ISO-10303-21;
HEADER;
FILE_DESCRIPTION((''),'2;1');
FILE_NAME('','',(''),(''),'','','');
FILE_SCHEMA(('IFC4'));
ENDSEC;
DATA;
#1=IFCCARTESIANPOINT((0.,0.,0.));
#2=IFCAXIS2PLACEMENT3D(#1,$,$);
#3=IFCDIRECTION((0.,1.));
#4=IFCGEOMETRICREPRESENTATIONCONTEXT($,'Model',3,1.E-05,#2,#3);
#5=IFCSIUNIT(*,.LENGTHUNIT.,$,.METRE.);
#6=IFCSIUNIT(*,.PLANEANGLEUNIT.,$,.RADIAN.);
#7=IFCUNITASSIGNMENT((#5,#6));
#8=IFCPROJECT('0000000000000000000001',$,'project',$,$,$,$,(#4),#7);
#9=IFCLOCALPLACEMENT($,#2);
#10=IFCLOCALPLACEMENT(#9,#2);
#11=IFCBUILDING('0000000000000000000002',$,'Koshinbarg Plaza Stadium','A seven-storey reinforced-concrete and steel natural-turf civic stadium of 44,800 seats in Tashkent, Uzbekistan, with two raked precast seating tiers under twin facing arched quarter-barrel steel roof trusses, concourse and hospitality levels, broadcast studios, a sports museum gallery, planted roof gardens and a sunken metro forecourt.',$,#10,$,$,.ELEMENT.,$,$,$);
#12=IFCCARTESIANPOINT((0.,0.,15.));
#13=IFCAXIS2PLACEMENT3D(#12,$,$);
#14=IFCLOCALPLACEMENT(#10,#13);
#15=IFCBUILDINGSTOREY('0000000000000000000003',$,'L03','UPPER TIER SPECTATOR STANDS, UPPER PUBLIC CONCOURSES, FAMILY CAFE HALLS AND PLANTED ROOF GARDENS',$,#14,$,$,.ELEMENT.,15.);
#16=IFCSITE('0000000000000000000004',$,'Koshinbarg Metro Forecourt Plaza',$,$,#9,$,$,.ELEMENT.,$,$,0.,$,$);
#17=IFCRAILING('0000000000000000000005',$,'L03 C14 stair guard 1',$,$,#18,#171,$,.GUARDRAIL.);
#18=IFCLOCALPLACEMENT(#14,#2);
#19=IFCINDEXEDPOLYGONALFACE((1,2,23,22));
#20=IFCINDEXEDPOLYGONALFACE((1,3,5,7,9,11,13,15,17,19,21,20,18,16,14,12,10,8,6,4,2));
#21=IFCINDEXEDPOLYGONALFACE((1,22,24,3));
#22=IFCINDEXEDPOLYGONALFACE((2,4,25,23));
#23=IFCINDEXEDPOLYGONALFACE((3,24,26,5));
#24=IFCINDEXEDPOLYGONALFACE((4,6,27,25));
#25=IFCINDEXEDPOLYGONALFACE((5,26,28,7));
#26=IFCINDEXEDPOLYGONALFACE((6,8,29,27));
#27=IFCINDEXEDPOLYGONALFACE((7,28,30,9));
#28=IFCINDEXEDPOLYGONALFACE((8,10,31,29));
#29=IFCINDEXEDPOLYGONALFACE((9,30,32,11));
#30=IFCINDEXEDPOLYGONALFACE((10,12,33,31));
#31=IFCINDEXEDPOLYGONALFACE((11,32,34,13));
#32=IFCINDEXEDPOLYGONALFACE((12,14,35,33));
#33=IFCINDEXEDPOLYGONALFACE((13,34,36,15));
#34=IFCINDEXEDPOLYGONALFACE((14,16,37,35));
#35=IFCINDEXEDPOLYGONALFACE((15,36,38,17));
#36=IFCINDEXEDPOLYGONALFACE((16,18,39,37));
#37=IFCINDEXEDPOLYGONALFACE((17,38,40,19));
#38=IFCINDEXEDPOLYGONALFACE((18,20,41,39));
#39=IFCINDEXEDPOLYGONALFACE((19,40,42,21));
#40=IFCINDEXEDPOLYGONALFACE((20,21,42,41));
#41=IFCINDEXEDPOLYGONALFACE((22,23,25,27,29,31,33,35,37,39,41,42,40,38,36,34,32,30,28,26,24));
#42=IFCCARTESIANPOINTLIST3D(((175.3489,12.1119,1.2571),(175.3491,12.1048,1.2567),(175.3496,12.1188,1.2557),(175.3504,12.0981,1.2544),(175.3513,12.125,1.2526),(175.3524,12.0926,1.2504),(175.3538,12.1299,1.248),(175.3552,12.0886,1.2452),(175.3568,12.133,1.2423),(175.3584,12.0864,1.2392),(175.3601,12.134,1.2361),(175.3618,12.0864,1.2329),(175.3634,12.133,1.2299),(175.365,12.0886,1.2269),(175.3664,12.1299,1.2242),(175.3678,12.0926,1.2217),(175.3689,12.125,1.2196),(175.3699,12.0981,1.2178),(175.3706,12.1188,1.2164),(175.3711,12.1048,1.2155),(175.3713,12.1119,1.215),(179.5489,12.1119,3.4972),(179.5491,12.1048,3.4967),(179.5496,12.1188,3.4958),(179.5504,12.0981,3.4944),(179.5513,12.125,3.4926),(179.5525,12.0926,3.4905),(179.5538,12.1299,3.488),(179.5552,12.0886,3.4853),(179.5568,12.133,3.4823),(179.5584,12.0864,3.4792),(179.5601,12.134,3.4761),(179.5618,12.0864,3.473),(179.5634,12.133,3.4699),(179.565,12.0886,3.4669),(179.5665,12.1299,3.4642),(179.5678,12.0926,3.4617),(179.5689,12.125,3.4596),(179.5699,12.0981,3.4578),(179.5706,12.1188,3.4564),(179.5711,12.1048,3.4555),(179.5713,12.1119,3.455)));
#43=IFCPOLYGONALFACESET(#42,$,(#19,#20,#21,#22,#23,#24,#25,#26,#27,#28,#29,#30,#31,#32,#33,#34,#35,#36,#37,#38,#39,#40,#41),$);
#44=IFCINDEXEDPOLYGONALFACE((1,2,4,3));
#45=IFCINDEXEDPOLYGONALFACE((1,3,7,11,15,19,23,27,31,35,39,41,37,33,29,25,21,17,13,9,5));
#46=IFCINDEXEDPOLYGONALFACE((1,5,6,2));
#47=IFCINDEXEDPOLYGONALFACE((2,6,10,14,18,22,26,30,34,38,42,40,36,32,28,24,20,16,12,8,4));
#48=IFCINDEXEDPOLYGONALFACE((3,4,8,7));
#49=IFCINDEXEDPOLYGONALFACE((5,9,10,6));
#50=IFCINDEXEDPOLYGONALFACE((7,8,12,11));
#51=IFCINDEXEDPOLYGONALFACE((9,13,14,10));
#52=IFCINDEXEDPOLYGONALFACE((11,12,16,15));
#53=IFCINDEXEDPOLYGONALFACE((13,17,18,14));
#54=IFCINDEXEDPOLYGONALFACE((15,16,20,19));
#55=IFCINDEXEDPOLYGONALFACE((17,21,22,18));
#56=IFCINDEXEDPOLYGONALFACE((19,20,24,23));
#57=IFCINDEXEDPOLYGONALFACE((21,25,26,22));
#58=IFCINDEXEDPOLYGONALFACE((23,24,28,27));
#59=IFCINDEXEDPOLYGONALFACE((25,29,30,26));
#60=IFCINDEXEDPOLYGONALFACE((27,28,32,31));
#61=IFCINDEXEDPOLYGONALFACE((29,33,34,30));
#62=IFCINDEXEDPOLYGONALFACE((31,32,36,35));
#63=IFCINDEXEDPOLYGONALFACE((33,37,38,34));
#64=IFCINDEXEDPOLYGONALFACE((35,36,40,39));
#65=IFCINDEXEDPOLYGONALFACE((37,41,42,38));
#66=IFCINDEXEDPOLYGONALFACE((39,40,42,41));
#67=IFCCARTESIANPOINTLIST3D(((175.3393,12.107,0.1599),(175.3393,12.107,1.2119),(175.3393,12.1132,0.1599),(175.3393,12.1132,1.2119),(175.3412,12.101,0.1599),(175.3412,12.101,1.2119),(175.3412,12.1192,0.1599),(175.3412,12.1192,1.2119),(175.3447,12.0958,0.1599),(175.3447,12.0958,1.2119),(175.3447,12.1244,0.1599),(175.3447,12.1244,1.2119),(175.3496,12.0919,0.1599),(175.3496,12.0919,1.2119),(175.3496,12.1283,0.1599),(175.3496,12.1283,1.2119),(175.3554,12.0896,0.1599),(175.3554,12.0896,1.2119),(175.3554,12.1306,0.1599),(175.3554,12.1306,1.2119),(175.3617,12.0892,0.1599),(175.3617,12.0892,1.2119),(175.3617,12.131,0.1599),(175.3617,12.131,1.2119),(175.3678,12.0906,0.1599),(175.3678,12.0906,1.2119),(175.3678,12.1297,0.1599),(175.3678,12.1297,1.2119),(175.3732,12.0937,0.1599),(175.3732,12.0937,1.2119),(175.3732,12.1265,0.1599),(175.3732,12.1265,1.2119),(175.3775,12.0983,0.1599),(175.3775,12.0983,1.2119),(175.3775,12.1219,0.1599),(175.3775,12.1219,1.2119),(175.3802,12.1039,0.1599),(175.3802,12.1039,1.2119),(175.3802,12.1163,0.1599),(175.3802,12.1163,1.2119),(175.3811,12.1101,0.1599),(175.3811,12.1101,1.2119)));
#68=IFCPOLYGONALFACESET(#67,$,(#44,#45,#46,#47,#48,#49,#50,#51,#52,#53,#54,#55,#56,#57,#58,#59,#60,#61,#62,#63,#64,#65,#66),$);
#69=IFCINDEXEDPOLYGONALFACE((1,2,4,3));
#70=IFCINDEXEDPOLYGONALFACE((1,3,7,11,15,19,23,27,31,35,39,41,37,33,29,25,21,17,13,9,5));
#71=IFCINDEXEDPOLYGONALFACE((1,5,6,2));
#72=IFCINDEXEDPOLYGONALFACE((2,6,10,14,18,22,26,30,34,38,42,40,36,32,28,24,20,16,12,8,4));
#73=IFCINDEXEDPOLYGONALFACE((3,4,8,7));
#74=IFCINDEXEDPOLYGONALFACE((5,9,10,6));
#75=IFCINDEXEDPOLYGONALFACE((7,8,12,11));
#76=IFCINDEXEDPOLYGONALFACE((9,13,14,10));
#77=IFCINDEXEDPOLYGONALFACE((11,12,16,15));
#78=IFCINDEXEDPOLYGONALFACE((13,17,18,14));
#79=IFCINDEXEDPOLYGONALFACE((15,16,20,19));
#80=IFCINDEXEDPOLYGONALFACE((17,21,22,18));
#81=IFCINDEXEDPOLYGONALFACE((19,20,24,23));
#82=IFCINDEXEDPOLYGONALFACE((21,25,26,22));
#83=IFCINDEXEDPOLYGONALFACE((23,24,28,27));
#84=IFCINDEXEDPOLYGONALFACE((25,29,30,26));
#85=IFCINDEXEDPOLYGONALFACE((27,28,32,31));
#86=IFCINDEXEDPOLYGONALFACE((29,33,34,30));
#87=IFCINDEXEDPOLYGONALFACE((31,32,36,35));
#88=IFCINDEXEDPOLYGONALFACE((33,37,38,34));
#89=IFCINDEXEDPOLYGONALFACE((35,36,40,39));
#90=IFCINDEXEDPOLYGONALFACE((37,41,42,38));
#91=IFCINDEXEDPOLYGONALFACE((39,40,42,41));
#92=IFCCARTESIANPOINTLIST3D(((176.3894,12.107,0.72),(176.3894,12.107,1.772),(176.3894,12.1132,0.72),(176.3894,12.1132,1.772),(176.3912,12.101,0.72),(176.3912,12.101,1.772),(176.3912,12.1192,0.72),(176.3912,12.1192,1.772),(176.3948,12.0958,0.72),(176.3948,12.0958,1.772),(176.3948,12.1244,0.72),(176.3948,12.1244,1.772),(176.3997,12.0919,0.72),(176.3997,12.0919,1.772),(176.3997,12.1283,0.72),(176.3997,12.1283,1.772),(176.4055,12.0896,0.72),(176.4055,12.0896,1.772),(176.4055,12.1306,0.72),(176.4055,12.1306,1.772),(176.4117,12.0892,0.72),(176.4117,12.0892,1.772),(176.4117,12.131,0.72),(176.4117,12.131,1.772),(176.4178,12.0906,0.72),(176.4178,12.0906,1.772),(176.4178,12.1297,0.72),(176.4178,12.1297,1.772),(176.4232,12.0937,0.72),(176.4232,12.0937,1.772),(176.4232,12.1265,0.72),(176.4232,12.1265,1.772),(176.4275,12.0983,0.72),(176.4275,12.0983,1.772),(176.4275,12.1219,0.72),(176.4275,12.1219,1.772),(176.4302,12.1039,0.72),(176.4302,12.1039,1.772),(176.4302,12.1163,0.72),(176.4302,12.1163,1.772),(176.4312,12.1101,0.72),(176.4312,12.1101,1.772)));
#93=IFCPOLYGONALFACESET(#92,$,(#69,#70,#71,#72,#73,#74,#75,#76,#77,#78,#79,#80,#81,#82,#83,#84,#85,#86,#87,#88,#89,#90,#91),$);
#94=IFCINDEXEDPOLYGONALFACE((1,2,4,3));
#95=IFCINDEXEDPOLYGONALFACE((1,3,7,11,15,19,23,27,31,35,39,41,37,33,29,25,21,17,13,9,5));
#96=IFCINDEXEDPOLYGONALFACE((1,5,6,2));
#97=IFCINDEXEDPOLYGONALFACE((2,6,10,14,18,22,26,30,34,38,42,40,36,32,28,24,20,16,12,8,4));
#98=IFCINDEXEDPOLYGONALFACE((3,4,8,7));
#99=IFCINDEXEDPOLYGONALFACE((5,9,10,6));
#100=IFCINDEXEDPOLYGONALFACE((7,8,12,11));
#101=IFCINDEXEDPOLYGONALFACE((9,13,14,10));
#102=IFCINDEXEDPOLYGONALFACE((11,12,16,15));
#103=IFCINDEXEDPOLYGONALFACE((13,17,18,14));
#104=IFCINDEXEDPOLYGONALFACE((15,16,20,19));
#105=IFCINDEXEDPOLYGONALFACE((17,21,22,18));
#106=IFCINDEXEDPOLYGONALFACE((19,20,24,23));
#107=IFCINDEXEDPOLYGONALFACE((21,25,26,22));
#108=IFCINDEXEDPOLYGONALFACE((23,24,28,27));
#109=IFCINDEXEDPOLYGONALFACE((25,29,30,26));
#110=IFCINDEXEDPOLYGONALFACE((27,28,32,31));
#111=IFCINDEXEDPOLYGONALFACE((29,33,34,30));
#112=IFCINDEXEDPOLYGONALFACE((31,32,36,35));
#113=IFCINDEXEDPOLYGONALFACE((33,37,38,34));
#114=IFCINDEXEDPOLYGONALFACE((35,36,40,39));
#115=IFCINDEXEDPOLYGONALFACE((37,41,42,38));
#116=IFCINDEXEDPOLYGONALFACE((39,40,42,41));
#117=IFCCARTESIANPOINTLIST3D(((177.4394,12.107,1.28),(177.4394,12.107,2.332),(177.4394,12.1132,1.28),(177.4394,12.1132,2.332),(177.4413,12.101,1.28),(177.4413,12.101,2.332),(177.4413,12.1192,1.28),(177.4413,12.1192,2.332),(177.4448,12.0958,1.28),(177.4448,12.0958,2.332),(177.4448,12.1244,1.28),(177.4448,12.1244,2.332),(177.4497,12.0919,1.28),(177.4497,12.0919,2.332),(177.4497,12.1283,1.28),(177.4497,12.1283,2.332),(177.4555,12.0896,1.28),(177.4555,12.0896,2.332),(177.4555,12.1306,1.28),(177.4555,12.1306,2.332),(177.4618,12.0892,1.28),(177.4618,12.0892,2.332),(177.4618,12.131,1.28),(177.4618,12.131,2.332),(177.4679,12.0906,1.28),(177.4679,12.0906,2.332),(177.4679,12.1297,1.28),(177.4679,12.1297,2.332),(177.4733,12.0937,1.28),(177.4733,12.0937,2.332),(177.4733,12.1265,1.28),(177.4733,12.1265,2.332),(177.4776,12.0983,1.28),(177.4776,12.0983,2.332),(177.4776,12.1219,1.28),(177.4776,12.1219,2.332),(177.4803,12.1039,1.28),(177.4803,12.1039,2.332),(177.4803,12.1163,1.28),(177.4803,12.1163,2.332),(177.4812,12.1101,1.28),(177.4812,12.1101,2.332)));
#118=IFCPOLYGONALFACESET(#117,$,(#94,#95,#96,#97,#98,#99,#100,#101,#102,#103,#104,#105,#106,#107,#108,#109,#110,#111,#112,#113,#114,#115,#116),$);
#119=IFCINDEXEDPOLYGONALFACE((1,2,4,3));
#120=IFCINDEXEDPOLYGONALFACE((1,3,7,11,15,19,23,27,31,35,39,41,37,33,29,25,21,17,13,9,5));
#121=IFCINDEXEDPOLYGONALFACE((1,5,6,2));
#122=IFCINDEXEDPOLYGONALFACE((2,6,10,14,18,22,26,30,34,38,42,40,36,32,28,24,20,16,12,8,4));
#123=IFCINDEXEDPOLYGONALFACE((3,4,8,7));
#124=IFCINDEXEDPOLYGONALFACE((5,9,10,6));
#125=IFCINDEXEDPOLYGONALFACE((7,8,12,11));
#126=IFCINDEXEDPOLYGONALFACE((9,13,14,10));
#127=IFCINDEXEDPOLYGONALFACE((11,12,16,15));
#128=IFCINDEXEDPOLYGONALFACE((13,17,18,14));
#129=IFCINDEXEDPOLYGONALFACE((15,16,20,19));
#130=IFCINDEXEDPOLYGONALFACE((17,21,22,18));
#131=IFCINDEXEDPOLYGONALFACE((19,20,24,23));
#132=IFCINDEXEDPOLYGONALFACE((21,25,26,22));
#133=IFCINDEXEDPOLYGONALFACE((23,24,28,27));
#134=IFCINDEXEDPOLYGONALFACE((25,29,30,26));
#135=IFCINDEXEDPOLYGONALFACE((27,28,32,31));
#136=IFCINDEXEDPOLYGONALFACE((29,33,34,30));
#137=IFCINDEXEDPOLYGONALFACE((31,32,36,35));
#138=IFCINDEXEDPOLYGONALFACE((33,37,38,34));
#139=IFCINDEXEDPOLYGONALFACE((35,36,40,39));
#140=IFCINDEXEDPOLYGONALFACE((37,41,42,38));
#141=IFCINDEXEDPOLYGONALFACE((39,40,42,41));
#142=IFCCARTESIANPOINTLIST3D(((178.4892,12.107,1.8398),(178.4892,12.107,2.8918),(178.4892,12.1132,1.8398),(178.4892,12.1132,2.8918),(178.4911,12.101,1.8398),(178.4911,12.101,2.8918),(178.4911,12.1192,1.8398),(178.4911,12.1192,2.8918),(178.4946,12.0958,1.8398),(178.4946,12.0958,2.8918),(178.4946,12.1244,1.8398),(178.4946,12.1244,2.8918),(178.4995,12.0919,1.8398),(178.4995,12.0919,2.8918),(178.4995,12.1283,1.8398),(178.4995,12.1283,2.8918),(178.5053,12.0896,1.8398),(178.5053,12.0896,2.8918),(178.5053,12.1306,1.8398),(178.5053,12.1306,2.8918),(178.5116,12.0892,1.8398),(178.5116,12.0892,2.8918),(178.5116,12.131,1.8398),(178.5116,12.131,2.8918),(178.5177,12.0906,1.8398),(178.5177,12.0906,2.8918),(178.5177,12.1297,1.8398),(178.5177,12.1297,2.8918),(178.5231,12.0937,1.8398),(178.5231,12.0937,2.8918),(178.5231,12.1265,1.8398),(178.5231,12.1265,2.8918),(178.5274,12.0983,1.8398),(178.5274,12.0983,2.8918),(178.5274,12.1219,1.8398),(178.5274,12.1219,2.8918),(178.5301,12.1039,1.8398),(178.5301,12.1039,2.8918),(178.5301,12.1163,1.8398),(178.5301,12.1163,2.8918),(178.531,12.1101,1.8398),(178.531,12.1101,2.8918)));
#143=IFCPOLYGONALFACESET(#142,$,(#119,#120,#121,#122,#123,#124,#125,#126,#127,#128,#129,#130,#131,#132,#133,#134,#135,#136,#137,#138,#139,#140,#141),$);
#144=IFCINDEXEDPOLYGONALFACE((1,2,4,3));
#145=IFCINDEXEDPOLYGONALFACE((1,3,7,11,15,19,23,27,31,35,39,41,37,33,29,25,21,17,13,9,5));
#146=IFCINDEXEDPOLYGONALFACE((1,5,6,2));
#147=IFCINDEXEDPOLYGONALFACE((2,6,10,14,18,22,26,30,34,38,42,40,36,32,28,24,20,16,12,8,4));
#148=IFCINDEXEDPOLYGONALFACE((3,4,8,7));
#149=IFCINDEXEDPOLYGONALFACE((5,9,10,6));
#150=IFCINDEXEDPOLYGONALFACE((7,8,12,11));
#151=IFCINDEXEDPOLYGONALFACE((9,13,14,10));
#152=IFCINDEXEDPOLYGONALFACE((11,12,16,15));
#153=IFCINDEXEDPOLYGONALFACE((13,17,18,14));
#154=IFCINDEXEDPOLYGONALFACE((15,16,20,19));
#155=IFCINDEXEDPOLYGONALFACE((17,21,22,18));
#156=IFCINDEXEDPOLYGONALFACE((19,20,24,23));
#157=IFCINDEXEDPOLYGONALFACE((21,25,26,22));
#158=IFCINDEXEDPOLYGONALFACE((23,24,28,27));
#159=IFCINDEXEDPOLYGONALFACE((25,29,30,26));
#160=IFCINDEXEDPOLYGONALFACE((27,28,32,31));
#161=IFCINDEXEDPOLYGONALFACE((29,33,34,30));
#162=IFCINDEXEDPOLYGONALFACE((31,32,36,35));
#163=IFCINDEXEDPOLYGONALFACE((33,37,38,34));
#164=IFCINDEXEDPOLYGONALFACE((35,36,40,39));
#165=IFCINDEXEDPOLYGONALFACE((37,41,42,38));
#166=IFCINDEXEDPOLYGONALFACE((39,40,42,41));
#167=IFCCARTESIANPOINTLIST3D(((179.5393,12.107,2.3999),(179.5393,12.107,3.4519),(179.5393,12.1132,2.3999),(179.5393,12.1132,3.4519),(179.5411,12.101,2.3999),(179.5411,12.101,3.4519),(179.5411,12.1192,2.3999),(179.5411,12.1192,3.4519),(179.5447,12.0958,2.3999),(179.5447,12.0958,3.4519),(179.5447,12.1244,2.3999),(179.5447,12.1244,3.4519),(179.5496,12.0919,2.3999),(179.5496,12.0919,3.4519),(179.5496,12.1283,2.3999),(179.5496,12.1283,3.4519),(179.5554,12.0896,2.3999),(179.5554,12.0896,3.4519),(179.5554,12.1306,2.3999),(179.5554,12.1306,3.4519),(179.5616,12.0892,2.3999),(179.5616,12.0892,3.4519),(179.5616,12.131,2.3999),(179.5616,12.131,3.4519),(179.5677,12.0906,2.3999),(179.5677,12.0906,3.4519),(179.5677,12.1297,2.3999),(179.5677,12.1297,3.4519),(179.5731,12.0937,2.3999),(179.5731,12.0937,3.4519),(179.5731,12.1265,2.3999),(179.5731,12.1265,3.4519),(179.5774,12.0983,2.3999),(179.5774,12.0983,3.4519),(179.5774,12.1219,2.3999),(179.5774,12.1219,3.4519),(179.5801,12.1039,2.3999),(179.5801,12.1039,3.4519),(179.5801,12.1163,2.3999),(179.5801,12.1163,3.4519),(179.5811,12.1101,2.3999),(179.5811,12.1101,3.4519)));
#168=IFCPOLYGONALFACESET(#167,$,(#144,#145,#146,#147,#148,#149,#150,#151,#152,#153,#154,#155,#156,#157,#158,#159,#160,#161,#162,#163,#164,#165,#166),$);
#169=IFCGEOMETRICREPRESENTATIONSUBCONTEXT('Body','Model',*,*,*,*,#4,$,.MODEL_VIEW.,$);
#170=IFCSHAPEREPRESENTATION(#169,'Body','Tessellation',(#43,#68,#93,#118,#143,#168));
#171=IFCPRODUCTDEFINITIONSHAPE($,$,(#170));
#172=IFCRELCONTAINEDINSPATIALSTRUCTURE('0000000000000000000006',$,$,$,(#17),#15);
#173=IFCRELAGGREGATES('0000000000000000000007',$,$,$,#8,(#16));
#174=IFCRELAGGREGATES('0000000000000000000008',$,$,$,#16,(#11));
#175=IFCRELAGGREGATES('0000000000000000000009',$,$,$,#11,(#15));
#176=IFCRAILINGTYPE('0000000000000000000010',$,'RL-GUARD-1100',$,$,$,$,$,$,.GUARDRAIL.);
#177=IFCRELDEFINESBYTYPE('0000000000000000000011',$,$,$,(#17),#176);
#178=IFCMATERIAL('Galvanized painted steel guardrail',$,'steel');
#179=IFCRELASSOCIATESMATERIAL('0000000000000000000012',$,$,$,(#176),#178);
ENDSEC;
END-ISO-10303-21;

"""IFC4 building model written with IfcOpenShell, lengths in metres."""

from ifc_helpers import new_model, si_unit, direction, frame, origin, origin_2d, place, context, subcontext, project, spatial, circle, extrude, material, type_object, element, save


model = new_model("IFC4")

# Units and contexts
model_context = context("Model", 3, precision=1e-05, world=origin(), true_north=direction((0.0, 1.0)))
body_context = subcontext(model_context, "Body", "Model", "MODEL_VIEW")
ifc_project = project(units=[si_unit("LENGTHUNIT", "METRE"), si_unit("PLANEANGLEUNIT", "RADIAN")], contexts=[model_context])

# Site, building, storey
site_placement = place(None, origin())
site = spatial("IfcSite", under=ifc_project, at=site_placement, Name="Koshinbarg Metro Forecourt Plaza", CompositionType="ELEMENT", RefElevation=0.0)
building_placement = place(site_placement, origin())
building = spatial("IfcBuilding", under=site, at=building_placement, Name="Koshinbarg Plaza Stadium", Description="A seven-storey reinforced-concrete and steel natural-turf civic stadium of 44,800 seats in Tashkent, Uzbekistan, with two raked precast seating tiers under twin facing arched quarter-barrel steel roof trusses, concourse and hospitality levels, broadcast studios, a sports museum gallery, planted roof gardens and a sunken metro forecourt.", CompositionType="ELEMENT")
storey_placement = place(building_placement, frame((0.0, 0.0, 15.0)))
storey = spatial("IfcBuildingStorey", under=building, at=storey_placement, Name="L03", Description="UPPER TIER SPECTATOR STANDS, UPPER PUBLIC CONCOURSES, FAMILY CAFE HALLS AND PLANTED ROOF GARDENS", CompositionType="ELEMENT", Elevation=15.0)

# Railing
ifc_material_1 = material(Name="Galvanized painted steel guardrail", Category="steel")
railing_type_1 = type_object("IfcRailingType", Name="RL-GUARD-1100", PredefinedType="GUARDRAIL", material=ifc_material_1)
railing_1_placement = place(storey_placement, frame((175.3601, 12.1101, 0.1599)))
element("IfcRailing", 1, at=railing_1_placement, inside=storey, type_object=railing_type_1, Name="L03 C14 stair guard 1", PredefinedType="GUARDRAIL", context=body_context, shape_type="SweptSolid", body=[
    extrude(circle(Radius=0.0239, at=origin_2d()), frame((0.0, 0.0, 1.0762), z_axis=(0.882352, 0.0, 0.470591), x_axis=(0.0, 1.0, 0.0)), (0.0, 0.0, 1.0), 4.76),
    extrude(circle(Radius=0.021, at=origin_2d()), origin(), (0.0, 0.0, 1.0), 1.052),
    extrude(circle(Radius=0.021, at=origin_2d()), frame((1.05, 0.0, 0.5601)), (0.0, 0.0, 1.0), 1.052),
    extrude(circle(Radius=0.021, at=origin_2d()), frame((2.1001, 0.0, 1.1201)), (0.0, 0.0, 1.0), 1.052),
    extrude(circle(Radius=0.021, at=origin_2d()), frame((3.1499, 0.0, 1.6799)), (0.0, 0.0, 1.0), 1.052),
    extrude(circle(Radius=0.021, at=origin_2d()), frame((4.2, 0.0, 2.24)), (0.0, 0.0, 1.0), 1.052),
])

save(model, "model.ifc")
